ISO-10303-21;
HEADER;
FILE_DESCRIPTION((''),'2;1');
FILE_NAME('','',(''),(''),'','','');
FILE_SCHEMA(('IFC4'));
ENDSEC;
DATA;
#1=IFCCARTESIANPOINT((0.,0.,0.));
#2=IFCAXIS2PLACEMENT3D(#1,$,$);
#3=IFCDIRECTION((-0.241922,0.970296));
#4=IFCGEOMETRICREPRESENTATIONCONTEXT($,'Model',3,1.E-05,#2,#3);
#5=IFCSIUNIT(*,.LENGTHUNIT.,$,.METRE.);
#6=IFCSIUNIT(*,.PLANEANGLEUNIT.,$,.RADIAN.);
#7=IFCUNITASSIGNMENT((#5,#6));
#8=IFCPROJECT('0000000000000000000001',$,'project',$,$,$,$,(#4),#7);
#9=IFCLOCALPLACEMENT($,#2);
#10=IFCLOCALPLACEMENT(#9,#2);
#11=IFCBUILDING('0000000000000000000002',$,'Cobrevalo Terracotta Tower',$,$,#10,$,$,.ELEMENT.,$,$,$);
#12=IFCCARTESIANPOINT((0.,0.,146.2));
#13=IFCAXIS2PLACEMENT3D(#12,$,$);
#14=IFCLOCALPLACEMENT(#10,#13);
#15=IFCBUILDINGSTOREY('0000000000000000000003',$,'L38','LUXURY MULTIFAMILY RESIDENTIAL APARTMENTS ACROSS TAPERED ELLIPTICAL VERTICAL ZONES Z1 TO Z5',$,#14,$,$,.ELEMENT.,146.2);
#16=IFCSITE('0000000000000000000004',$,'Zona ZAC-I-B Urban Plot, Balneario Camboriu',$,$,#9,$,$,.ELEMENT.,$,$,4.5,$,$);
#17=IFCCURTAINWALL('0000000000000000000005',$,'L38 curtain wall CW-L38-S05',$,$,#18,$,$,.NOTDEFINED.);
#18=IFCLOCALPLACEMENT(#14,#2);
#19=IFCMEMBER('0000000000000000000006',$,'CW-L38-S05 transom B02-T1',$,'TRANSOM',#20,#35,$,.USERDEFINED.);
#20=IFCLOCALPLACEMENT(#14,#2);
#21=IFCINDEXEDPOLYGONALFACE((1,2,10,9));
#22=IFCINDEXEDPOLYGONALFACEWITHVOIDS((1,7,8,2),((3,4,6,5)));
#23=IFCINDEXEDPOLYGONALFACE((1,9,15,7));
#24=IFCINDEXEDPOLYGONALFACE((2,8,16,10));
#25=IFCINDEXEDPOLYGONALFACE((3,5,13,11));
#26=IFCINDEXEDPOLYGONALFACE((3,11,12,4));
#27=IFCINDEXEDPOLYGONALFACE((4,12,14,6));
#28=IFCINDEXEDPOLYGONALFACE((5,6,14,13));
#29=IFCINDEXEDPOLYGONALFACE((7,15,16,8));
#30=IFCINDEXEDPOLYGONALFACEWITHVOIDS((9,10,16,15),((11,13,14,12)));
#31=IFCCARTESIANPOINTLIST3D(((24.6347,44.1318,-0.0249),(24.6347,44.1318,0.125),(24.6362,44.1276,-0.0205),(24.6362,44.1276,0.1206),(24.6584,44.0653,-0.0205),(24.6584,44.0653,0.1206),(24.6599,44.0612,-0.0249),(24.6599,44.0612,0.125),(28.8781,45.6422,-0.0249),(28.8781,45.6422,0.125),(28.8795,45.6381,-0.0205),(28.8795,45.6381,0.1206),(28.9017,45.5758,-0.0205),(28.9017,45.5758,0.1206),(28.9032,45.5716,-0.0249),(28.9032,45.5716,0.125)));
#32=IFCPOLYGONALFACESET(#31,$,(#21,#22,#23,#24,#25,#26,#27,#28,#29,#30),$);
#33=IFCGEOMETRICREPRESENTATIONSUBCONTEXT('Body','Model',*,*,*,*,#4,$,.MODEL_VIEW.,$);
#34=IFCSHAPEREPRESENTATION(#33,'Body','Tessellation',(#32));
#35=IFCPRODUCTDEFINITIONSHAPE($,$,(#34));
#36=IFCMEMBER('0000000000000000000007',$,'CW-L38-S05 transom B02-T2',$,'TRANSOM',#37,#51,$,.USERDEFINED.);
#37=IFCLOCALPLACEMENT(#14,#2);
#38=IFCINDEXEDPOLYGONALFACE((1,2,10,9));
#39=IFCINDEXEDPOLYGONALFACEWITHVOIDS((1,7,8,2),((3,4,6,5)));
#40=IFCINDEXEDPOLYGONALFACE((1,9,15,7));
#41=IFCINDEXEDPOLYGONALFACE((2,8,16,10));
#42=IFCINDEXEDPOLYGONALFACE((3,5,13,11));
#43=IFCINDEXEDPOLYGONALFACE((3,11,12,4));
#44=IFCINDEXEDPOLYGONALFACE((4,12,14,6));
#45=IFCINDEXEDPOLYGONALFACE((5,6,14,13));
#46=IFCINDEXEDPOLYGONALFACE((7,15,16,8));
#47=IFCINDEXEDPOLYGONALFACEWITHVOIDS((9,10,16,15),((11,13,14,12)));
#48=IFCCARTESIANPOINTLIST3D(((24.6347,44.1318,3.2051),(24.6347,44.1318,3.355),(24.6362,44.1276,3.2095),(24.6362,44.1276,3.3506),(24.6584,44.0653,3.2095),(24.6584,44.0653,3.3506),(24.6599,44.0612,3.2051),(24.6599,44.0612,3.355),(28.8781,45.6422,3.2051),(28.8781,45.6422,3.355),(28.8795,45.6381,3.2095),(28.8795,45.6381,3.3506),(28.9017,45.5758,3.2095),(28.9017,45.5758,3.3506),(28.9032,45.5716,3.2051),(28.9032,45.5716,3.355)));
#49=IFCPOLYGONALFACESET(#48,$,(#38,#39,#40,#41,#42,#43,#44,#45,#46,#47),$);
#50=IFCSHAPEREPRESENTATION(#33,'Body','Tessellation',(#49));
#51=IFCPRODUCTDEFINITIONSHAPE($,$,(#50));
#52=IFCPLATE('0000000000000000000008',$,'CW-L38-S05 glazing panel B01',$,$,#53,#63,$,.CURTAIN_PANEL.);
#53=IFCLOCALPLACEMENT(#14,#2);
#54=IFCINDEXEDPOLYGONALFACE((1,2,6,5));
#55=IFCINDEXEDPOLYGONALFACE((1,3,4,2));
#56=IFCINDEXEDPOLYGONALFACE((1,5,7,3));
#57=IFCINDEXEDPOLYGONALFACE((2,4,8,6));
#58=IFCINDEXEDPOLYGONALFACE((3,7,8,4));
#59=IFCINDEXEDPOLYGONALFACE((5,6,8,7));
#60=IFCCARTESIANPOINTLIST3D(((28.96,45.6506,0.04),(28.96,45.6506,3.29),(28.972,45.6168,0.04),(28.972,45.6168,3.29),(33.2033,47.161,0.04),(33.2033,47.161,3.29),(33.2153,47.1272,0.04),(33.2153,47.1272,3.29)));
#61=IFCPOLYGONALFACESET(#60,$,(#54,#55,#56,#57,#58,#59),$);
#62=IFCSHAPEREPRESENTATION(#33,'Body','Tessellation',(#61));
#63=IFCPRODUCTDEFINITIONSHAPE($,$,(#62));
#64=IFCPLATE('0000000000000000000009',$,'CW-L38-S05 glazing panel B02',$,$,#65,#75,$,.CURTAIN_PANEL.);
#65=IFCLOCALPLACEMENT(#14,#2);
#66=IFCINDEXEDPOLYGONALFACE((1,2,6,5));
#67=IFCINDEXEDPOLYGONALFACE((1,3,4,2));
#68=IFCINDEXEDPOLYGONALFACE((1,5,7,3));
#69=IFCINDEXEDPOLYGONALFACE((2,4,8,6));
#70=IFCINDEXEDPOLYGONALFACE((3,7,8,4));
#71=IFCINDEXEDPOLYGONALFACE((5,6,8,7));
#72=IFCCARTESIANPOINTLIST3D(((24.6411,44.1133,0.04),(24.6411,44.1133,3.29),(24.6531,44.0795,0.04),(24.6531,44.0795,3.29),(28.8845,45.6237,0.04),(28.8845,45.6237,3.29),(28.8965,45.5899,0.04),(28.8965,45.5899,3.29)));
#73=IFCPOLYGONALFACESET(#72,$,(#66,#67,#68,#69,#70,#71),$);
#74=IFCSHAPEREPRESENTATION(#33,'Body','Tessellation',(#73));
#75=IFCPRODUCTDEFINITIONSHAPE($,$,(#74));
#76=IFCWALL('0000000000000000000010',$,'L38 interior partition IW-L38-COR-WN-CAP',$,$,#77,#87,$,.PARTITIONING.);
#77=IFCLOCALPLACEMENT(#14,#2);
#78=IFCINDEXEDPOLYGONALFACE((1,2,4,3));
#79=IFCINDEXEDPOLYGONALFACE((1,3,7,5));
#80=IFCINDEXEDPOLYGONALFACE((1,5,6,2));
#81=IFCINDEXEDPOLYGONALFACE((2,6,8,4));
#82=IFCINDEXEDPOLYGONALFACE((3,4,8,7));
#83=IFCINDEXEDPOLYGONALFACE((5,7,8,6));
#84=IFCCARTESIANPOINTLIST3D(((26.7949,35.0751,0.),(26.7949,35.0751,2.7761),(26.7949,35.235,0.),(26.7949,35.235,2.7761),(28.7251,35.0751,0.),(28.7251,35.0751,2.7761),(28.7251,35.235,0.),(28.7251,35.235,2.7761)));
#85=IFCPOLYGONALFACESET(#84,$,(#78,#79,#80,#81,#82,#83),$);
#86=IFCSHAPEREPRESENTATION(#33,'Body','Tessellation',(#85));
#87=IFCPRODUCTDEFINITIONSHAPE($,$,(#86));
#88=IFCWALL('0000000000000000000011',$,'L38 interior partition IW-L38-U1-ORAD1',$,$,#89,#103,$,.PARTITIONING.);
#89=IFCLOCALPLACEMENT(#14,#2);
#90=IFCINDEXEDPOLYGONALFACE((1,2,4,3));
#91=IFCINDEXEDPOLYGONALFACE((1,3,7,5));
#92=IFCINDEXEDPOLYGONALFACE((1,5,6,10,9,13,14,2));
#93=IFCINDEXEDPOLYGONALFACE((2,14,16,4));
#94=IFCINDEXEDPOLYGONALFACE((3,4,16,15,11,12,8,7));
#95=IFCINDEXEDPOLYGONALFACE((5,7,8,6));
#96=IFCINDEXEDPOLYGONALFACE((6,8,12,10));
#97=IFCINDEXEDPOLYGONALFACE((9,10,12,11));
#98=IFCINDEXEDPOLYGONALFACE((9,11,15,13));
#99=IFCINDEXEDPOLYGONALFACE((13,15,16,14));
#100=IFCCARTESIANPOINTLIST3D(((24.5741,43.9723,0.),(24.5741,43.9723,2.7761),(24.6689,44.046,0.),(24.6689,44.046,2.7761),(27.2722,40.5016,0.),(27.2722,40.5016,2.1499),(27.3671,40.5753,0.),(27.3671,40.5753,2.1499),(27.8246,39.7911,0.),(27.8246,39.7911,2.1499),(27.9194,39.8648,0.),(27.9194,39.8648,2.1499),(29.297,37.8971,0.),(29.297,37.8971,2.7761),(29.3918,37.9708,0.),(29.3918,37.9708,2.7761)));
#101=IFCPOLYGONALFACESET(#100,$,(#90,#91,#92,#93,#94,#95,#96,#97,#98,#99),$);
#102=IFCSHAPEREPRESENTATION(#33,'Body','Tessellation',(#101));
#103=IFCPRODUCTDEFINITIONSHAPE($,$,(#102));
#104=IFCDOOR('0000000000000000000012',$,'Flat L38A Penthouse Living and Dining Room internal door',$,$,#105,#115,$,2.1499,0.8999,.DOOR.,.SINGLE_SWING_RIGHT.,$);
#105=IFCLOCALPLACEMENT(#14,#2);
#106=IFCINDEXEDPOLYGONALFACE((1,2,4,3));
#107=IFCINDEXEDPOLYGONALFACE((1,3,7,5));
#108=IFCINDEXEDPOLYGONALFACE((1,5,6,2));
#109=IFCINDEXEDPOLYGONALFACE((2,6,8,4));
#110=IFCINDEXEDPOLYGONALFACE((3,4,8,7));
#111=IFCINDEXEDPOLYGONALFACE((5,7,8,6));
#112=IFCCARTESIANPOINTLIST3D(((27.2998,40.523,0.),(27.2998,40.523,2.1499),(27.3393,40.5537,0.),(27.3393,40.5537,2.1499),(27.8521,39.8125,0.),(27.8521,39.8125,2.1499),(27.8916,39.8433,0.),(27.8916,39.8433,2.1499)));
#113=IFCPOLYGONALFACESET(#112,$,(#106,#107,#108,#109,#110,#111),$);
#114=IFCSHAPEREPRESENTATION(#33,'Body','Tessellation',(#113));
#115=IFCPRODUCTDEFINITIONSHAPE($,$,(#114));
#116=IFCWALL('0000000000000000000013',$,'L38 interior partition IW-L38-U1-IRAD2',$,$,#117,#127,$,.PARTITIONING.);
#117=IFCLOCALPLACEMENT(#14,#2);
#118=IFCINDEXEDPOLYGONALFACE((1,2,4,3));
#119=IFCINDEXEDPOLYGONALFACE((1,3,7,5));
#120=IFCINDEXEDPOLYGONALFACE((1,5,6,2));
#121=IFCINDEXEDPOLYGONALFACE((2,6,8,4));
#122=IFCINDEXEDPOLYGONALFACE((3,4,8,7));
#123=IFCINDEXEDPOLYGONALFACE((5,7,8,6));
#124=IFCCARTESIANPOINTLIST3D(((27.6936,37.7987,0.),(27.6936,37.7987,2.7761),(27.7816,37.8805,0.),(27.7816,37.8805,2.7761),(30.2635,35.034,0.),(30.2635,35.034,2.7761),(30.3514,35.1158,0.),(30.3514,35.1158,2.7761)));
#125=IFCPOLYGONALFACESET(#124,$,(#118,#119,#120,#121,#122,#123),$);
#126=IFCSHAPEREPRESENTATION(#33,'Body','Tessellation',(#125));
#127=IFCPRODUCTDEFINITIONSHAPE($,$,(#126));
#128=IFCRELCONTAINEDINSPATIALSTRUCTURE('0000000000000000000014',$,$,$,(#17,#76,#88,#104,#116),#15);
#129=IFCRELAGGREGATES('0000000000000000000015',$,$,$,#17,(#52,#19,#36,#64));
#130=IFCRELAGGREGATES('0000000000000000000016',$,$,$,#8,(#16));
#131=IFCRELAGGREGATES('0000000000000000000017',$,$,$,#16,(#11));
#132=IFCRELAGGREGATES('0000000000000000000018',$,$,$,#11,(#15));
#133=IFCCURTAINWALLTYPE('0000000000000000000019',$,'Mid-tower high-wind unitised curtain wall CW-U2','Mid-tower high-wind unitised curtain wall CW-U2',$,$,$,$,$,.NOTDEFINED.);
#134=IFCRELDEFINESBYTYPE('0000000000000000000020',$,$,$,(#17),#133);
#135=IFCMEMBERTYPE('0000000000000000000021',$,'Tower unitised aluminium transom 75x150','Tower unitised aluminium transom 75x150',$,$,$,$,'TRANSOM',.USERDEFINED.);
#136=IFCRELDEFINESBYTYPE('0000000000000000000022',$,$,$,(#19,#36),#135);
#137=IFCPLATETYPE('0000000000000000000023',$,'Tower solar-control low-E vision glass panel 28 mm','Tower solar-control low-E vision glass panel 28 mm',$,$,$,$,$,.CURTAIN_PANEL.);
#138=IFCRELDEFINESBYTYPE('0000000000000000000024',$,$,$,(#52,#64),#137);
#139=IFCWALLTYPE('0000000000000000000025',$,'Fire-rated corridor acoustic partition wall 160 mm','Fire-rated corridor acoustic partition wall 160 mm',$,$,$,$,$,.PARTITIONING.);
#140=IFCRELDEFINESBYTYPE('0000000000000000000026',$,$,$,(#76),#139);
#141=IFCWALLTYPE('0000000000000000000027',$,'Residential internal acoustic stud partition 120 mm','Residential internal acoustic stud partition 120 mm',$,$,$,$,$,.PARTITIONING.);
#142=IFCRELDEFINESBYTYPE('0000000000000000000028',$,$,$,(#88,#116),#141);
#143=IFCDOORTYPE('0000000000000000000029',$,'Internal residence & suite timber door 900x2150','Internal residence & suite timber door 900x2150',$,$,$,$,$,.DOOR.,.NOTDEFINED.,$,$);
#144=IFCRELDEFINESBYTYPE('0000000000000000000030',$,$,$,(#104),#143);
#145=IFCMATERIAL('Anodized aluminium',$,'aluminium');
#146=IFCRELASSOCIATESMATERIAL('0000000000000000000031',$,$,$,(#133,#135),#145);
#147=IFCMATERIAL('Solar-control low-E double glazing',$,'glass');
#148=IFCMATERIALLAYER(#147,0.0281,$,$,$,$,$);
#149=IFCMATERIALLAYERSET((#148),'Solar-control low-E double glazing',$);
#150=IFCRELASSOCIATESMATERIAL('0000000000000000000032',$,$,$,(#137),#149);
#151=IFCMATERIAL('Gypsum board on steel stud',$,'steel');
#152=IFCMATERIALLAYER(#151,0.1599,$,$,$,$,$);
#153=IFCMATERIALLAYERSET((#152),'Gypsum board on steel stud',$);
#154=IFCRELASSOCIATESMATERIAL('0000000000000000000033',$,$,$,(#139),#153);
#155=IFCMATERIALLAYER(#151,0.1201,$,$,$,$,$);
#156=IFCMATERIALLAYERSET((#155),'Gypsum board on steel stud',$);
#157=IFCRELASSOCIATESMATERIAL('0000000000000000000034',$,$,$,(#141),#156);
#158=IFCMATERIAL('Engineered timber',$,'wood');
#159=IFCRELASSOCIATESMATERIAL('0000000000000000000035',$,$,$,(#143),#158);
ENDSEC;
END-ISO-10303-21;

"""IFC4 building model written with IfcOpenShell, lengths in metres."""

from ifc_helpers import new_model, si_unit, direction, frame, frame_2d, origin, origin_2d, place, context, subcontext, project, spatial, rectangle, hollow_rectangle, extrude, source, transform, mapped, material, layer, layer_set, material_profile, profile_set, type_object, element, fill, aggregate, save


model = new_model("IFC4")

# Units and contexts
model_context = context("Model", 3, precision=1e-05, world=origin(), true_north=direction((-0.241922, 0.970296)))
body_context = subcontext(model_context, "Body", "Model", "MODEL_VIEW")
ifc_project = project(units=[si_unit("LENGTHUNIT", "METRE"), si_unit("PLANEANGLEUNIT", "RADIAN")], contexts=[model_context])

# Site, building, storey
site_placement = place(None, origin())
site = spatial("IfcSite", under=ifc_project, at=site_placement, Name="Zona ZAC-I-B Urban Plot, Balneario Camboriu", CompositionType="ELEMENT", RefElevation=4.5)
building_placement = place(site_placement, origin())
building = spatial("IfcBuilding", under=site, at=building_placement, Name="Cobrevalo Terracotta Tower", CompositionType="ELEMENT")
storey_placement = place(building_placement, frame((0.0, 0.0, 146.2)))
storey = spatial("IfcBuildingStorey", under=building, at=storey_placement, Name="L38", Description="LUXURY MULTIFAMILY RESIDENTIAL APARTMENTS ACROSS TAPERED ELLIPTICAL VERTICAL ZONES Z1 TO Z5", CompositionType="ELEMENT", Elevation=146.2)

# Curtain wall, members, plates
ifc_material_1 = material(Name="Anodized aluminium", Category="aluminium")
curtain_wall_type = type_object("IfcCurtainWallType", Name="Mid-tower high-wind unitised curtain wall CW-U2", Description="Mid-tower high-wind unitised curtain wall CW-U2", PredefinedType="NOTDEFINED", material=ifc_material_1)
curtain_wall_placement = place(storey_placement, origin())
curtain_wall = element("IfcCurtainWall", 1, at=curtain_wall_placement, inside=storey, type_object=curtain_wall_type, Name="L38 curtain wall CW-L38-S05", PredefinedType="NOTDEFINED")
ifc_material_profile_1 = material_profile(ifc_material_1, hollow_rectangle(XDim=0.075, YDim=0.1499, WallThickness=0.0044, at=origin_2d()), Name="CWT 75x150")
ifc_profile_set_1 = profile_set([ifc_material_profile_1], Name="Anodized aluminium")
member_type_1 = type_object("IfcMemberType", Name="Tower unitised aluminium transom 75x150", Description="Tower unitised aluminium transom 75x150", ElementType="TRANSOM", PredefinedType="USERDEFINED", material=ifc_profile_set_1)
shared_shape_1 = source(origin(), body_context, "Body", "SweptSolid", [
    extrude(hollow_rectangle(XDim=0.075, YDim=0.1499, WallThickness=0.0044, at=origin_2d()), origin(), (0.0, 0.0, 1.0), 4.5042),
])
member_1_placement = place(storey_placement, frame((28.8906, 45.6069, 0.05), z_axis=(-0.942093, -0.335351, 0.0), x_axis=(0.335351, -0.942093, 0.0)))
member_1 = element("IfcMember", 2, at=member_1_placement, type_object=member_type_1, Name="CW-L38-S05 transom B02-T1", ObjectType="TRANSOM", PredefinedType="USERDEFINED", context=body_context, shape_type="MappedRepresentation", body=[
    mapped(shared_shape_1, transform((0.0, 0.0, 0.0), scale=1.0)),
])
member_2_placement = place(storey_placement, frame((28.8906, 45.6069, 3.28), z_axis=(-0.942093, -0.335351, 0.0), x_axis=(0.335351, -0.942093, 0.0)))
member_2 = element("IfcMember", 3, at=member_2_placement, type_object=member_type_1, Name="CW-L38-S05 transom B02-T2", ObjectType="TRANSOM", PredefinedType="USERDEFINED", context=body_context, shape_type="MappedRepresentation", body=[
    mapped(shared_shape_1, transform((0.0, 0.0, 0.0), scale=1.0)),
])
ifc_material_2 = material(Name="Solar-control low-E double glazing", Category="glass")
ifc_layer_1 = layer(ifc_material_2, 0.0281)
ifc_layer_set_1 = layer_set([ifc_layer_1], Name="Solar-control low-E double glazing")
plate_type = type_object("IfcPlateType", Name="Tower solar-control low-E vision glass panel 28 mm", Description="Tower solar-control low-E vision glass panel 28 mm", PredefinedType="CURTAIN_PANEL", material=ifc_layer_set_1)
shared_shape_2 = source(origin(), body_context, "Body", "SweptSolid", [
    extrude(rectangle(XDim=4.5042, YDim=0.0359, at=origin_2d()), origin(), (0.0, 0.0, 1.0), 3.25),
])
plate_1_placement = place(storey_placement, frame((31.0876, 46.3889, 0.04), z_axis=(0.0, 0.0, 1.0), x_axis=(-0.942098, -0.335336, 0.0)))
plate_1 = element("IfcPlate", 4, at=plate_1_placement, type_object=plate_type, Name="CW-L38-S05 glazing panel B01", PredefinedType="CURTAIN_PANEL", context=body_context, shape_type="MappedRepresentation", body=[
    mapped(shared_shape_2, transform((0.0, 0.0, 0.0), scale=1.0)),
])
plate_2_placement = place(storey_placement, frame((26.7688, 44.8516, 0.04), z_axis=(0.0, 0.0, 1.0), x_axis=(-0.942098, -0.335336, 0.0)))
plate_2 = element("IfcPlate", 5, at=plate_2_placement, type_object=plate_type, Name="CW-L38-S05 glazing panel B02", PredefinedType="CURTAIN_PANEL", context=body_context, shape_type="MappedRepresentation", body=[
    mapped(shared_shape_2, transform((0.0, 0.0, 0.0), scale=1.0)),
])
aggregate(curtain_wall, [plate_1, member_1, member_2, plate_2])

# Wall
ifc_material_3 = material(Name="Gypsum board on steel stud", Category="steel")
ifc_layer_2 = layer(ifc_material_3, 0.1599)
ifc_layer_set_2 = layer_set([ifc_layer_2], Name="Gypsum board on steel stud")
wall_type_1 = type_object("IfcWallType", Name="Fire-rated corridor acoustic partition wall 160 mm", Description="Fire-rated corridor acoustic partition wall 160 mm", PredefinedType="PARTITIONING", material=ifc_layer_set_2)
wall_1_placement = place(storey_placement, frame((26.7949, 35.155, 0.0), z_axis=(0.0, 0.0, 1.0), x_axis=(1.0, 0.0, 0.0)))
element("IfcWall", 6, at=wall_1_placement, inside=storey, type_object=wall_type_1, Name="L38 interior partition IW-L38-COR-WN-CAP", PredefinedType="PARTITIONING", context=body_context, shape_type="SweptSolid", body=[
    extrude(rectangle(XDim=1.9302, YDim=0.1599, at=frame_2d((0.9651, 0.0))), origin(), (0.0, 0.0, 1.0), 2.7761),
])

# Shared definitions
ifc_layer_3 = layer(ifc_material_3, 0.1201)
ifc_layer_set_3 = layer_set([ifc_layer_3], Name="Gypsum board on steel stud")
wall_type_2 = type_object("IfcWallType", Name="Residential internal acoustic stud partition 120 mm", Description="Residential internal acoustic stud partition 120 mm", PredefinedType="PARTITIONING", material=ifc_layer_set_3)
ifc_material_4 = material(Name="Engineered timber", Category="wood")
door_type_1 = type_object("IfcDoorType", Name="Internal residence & suite timber door 900x2150", Description="Internal residence & suite timber door 900x2150", OperationType="NOTDEFINED", PredefinedType="DOOR", material=ifc_material_4)
shared_shape_3 = source(origin(), body_context, "Body", "SweptSolid", [
    extrude(rectangle(XDim=0.8999, YDim=2.1499, at=frame_2d((0.45, 1.075))), frame((0.0, 0.0249, 0.0), z_axis=(0.0, -1.0, 0.0), x_axis=(1.0, 0.0, 0.0)), (0.0, 0.0, 1.0), 0.05),
])

# Wall, opening, door
wall_2_placement = place(storey_placement, frame((29.3445, 37.9338, 0.0), z_axis=(0.0, 0.0, 1.0), x_axis=(-0.613758, 0.789494, 0.0)))
wall_2 = element("IfcWall", 7, at=wall_2_placement, inside=storey, type_object=wall_type_2, Name="L38 interior partition IW-L38-U1-ORAD1", PredefinedType="PARTITIONING", context=body_context, shape_type="SweptSolid", body=[
    extrude(rectangle(XDim=7.6951, YDim=0.1201, at=frame_2d((3.8477, 0.0))), origin(), (0.0, 0.0, 1.0), 2.7761),
])
opening_1_placement = place(wall_2_placement, frame((2.3992, 0.0, 0.0)))
opening_1 = element("IfcOpeningElement", 8, at=opening_1_placement, cuts=wall_2, PredefinedType="OPENING", context=body_context, shape_type="SweptSolid", body=[
    extrude(rectangle(XDim=0.8999, YDim=2.1499, at=frame_2d((0.45, 1.075))), frame((0.0, 0.0701, 0.0), z_axis=(0.0, -1.0, 0.0), x_axis=(1.0, 0.0, 0.0)), (0.0, 0.0, 1.0), 0.1401),
])
door_1_placement = place(opening_1_placement, frame((0.8999, 0.0, 0.0), z_axis=(0.0, 0.0, 1.0), x_axis=(-1.0, 0.0, 0.0)))
door_1 = element("IfcDoor", 9, at=door_1_placement, inside=storey, type_object=door_type_1, Name="Flat L38A Penthouse Living and Dining Room internal door", OperationType="SINGLE_SWING_RIGHT", OverallHeight=2.1499, OverallWidth=0.8999, PredefinedType="DOOR", context=body_context, shape_type="MappedRepresentation", body=[
    mapped(shared_shape_3, transform((0.0, 0.0, 0.0), scale=1.0)),
])
fill(opening_1, door_1)

# Wall
wall_3_placement = place(storey_placement, frame((30.3074, 35.075, 0.0), z_axis=(0.0, 0.0, 1.0), x_axis=(-0.680828, 0.732443, 0.0)))
element("IfcWall", 10, at=wall_3_placement, inside=storey, type_object=wall_type_2, Name="L38 interior partition IW-L38-U1-IRAD2", PredefinedType="PARTITIONING", context=body_context, shape_type="SweptSolid", body=[
    extrude(rectangle(XDim=3.7747, YDim=0.1201, at=frame_2d((1.8872, 0.0))), origin(), (0.0, 0.0, 1.0), 2.7761),
])

save(model, "model.ifc")
